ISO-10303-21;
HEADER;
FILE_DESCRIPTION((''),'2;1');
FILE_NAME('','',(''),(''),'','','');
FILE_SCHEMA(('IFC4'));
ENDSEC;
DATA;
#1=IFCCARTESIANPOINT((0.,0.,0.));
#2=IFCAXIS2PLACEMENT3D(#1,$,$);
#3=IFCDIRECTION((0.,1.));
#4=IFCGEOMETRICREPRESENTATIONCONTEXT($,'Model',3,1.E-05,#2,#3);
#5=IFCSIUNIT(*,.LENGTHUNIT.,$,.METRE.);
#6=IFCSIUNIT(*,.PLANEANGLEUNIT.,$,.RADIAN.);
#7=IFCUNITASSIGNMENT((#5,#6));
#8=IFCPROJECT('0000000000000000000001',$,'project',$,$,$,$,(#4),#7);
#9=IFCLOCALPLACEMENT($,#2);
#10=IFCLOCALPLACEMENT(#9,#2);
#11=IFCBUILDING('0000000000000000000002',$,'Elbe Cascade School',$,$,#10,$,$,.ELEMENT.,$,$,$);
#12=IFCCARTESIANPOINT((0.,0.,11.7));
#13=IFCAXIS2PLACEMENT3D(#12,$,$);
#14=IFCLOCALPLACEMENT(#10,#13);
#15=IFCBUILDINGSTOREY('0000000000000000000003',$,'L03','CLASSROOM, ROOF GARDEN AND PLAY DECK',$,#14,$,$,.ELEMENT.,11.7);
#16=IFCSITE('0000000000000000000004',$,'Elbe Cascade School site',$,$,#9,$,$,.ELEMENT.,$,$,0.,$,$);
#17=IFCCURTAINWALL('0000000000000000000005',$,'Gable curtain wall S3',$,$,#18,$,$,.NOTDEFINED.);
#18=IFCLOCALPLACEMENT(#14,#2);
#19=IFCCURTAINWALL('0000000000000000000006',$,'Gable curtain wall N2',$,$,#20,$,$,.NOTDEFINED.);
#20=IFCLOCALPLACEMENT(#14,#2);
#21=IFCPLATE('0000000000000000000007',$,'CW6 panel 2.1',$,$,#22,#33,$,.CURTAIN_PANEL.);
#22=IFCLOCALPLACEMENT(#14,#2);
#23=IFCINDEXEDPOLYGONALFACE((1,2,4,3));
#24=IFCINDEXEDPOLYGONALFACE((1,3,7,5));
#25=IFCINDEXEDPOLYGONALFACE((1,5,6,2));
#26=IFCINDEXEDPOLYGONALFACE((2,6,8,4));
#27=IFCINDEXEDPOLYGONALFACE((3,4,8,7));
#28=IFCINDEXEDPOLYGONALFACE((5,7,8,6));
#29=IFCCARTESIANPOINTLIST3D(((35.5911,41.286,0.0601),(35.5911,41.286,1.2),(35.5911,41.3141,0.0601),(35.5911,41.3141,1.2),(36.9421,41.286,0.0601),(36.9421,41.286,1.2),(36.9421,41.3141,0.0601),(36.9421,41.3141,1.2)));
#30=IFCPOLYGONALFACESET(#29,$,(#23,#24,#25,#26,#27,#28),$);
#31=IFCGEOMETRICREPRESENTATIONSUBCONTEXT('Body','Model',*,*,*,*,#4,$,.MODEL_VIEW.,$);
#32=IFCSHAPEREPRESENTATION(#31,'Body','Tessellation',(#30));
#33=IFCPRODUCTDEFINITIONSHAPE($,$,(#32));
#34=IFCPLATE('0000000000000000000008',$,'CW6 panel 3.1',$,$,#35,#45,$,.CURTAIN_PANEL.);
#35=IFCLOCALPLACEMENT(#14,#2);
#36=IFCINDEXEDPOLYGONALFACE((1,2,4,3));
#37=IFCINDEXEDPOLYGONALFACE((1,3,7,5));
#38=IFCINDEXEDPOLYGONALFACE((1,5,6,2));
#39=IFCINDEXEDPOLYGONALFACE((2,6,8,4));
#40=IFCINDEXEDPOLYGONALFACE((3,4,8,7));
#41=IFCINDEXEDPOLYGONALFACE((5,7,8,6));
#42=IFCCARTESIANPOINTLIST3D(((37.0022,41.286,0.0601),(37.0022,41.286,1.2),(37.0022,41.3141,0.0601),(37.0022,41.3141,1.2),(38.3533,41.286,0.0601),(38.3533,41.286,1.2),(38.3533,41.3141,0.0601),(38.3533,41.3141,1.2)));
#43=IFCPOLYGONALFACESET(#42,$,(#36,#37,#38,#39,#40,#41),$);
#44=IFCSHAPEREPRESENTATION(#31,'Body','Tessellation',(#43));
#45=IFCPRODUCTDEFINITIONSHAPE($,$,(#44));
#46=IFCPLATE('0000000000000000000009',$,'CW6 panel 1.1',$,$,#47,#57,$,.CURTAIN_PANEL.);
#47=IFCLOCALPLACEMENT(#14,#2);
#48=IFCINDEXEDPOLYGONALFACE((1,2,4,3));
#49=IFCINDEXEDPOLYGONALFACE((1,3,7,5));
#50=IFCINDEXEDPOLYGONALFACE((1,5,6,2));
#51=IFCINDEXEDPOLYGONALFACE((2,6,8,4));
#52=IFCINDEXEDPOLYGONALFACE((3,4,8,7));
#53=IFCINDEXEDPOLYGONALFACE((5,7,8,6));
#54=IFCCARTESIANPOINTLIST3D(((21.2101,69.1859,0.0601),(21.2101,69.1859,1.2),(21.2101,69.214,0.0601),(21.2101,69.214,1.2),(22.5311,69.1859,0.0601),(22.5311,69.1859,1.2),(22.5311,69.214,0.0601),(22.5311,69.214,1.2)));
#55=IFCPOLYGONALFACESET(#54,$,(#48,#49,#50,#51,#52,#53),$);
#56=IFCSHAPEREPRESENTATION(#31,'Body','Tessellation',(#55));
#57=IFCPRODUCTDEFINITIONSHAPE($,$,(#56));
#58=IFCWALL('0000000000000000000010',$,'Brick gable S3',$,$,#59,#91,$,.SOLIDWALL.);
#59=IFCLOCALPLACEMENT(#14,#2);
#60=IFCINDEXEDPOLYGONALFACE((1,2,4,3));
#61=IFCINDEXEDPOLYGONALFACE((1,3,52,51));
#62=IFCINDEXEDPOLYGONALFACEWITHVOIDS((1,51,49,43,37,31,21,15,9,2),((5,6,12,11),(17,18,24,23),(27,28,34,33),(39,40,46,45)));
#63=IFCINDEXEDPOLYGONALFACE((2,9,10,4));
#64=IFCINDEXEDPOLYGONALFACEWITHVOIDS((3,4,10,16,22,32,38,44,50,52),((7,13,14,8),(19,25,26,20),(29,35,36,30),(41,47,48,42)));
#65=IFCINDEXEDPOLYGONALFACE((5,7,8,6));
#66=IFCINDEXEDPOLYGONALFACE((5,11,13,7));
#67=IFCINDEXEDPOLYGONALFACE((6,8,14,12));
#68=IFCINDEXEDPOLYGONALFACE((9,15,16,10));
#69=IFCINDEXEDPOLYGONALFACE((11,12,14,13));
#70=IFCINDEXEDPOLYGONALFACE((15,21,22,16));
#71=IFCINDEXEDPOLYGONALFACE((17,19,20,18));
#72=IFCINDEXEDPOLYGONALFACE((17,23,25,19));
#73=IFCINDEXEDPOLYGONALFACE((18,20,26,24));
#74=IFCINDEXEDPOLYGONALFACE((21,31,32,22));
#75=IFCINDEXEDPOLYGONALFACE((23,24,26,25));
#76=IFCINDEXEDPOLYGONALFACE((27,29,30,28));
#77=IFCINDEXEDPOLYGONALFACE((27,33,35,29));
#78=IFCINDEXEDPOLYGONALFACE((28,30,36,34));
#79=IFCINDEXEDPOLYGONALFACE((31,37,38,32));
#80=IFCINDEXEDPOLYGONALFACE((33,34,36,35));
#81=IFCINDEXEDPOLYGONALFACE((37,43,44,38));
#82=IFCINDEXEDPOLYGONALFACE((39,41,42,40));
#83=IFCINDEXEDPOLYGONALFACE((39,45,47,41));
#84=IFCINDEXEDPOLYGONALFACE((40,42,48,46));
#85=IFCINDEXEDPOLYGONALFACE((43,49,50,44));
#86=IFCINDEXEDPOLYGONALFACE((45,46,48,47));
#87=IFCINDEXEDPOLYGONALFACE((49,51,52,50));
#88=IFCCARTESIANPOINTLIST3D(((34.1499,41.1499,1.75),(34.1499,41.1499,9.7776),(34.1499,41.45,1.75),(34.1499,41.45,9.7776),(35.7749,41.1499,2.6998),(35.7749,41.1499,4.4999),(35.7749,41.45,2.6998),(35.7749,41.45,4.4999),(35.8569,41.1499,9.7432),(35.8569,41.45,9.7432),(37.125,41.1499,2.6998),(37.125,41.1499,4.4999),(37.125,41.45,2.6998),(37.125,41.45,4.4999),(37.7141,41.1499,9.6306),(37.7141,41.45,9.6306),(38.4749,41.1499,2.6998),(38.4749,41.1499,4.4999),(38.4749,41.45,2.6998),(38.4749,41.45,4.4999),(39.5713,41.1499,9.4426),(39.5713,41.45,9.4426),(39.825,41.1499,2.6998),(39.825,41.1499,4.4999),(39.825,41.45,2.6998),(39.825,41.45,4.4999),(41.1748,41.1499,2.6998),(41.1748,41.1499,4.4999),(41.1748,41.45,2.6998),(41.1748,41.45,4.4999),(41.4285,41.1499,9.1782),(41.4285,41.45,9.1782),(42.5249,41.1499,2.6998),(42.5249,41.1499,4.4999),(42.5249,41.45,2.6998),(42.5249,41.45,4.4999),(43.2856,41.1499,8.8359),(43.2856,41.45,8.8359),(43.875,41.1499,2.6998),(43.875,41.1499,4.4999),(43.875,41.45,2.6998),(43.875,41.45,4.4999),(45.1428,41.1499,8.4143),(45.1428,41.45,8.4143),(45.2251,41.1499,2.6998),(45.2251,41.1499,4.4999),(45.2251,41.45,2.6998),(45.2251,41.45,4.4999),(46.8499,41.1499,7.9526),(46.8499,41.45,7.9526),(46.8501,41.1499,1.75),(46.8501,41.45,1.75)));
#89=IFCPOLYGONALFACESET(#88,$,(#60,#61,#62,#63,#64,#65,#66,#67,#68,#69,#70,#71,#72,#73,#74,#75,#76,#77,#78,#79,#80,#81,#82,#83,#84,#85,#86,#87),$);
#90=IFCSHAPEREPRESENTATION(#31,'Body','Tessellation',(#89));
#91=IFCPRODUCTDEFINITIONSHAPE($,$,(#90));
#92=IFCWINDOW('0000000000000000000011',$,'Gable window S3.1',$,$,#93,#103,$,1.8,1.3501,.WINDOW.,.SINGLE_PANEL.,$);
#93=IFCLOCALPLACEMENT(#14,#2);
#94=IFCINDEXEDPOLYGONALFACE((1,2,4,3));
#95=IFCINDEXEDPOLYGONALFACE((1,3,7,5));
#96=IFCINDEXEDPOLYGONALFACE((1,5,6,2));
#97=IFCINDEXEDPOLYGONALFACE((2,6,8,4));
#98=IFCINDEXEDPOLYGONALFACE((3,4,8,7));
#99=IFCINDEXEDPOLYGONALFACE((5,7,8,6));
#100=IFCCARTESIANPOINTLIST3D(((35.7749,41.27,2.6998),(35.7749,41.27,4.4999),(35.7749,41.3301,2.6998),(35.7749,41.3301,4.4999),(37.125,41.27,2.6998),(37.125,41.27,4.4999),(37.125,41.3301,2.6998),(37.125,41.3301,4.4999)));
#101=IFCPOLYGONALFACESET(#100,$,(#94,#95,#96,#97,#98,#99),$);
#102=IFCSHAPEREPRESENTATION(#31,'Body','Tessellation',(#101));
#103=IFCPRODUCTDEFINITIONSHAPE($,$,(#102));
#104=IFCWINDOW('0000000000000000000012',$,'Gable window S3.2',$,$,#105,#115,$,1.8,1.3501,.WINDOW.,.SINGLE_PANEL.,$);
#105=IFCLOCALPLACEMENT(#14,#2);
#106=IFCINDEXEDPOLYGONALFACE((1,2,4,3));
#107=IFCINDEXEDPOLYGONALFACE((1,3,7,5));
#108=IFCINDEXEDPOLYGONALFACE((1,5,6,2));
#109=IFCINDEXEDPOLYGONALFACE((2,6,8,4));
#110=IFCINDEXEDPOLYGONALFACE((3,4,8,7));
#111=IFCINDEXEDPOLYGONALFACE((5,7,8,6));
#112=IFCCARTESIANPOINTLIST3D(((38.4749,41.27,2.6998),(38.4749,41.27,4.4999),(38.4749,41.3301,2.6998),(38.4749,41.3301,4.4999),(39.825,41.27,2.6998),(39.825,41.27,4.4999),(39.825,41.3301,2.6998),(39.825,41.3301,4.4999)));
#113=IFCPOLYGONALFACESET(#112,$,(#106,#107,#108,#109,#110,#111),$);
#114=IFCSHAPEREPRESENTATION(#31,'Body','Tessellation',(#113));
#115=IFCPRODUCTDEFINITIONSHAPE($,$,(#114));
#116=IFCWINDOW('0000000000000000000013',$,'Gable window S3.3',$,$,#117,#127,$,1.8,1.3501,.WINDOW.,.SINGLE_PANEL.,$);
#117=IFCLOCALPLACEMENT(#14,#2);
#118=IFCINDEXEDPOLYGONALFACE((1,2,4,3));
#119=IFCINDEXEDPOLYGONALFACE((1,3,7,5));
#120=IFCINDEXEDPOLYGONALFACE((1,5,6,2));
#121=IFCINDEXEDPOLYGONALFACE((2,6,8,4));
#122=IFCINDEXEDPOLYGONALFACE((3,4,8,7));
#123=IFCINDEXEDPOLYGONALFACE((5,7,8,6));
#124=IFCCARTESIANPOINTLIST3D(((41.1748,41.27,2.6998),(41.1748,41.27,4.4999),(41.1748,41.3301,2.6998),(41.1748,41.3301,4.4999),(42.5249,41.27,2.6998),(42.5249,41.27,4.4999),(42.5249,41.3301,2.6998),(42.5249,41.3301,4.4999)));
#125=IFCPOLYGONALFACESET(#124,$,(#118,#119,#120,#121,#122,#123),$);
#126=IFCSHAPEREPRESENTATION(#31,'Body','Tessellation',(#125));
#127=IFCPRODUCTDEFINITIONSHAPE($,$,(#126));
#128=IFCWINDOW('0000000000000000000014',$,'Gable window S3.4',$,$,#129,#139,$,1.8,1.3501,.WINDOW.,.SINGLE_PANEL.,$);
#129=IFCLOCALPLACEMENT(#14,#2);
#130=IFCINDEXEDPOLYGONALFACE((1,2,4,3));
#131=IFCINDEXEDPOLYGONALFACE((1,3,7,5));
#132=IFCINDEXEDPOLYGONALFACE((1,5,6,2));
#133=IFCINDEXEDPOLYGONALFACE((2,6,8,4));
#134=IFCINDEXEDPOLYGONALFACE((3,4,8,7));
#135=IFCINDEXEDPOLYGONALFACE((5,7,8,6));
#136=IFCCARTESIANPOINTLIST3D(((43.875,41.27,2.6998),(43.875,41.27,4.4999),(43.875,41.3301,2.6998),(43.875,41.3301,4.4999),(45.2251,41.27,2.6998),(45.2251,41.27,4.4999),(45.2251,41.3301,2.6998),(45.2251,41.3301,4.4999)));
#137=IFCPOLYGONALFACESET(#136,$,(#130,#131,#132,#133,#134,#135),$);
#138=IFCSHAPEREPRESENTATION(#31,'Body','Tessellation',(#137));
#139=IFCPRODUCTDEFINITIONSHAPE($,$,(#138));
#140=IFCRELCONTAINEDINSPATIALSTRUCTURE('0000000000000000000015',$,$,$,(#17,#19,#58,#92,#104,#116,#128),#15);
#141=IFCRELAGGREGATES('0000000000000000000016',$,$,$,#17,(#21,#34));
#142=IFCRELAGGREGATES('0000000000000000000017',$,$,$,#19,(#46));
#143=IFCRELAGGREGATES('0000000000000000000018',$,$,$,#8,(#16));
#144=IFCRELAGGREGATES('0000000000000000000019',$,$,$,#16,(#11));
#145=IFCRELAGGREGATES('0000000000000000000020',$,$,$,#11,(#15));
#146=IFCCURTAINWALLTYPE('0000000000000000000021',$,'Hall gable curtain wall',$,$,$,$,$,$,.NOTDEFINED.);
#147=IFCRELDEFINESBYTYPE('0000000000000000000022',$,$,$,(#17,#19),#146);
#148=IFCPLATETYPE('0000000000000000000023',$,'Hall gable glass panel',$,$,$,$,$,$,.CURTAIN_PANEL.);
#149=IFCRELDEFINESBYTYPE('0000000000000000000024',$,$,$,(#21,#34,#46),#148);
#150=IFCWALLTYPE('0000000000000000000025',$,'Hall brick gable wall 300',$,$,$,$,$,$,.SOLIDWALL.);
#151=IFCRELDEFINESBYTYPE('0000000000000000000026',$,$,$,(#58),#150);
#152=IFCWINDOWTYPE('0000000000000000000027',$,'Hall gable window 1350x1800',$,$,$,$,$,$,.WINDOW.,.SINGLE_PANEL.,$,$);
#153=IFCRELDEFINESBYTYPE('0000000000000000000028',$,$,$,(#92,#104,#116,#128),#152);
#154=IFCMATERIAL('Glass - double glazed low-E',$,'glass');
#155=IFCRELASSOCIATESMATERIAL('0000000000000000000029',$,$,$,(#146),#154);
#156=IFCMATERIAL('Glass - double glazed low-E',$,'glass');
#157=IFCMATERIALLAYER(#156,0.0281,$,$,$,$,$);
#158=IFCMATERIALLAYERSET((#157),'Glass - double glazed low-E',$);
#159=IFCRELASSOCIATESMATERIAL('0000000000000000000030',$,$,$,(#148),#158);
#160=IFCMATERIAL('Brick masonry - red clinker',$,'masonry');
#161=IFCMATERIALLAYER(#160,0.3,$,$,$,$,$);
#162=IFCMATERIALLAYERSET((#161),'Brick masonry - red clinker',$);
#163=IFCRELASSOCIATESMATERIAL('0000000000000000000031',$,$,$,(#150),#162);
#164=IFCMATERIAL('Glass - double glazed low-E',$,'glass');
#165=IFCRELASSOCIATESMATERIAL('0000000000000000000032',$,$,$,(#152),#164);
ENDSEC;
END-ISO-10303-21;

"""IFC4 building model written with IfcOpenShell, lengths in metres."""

from ifc_helpers import new_model, si_unit, direction, frame, frame_2d, origin, origin_2d, place, context, subcontext, project, spatial, polyline, rectangle, outline, extrude, material, layer, layer_set, type_object, element, fill, aggregate, save


model = new_model("IFC4")

# Units and contexts
model_context = context("Model", 3, precision=1e-05, world=origin(), true_north=direction((0.0, 1.0)))
body_context = subcontext(model_context, "Body", "Model", "MODEL_VIEW")
ifc_project = project(units=[si_unit("LENGTHUNIT", "METRE"), si_unit("PLANEANGLEUNIT", "RADIAN")], contexts=[model_context])

# Site, building, storey
site_placement = place(None, origin())
site = spatial("IfcSite", under=ifc_project, at=site_placement, Name="Elbe Cascade School site", CompositionType="ELEMENT", RefElevation=0.0)
building_placement = place(site_placement, origin())
building = spatial("IfcBuilding", under=site, at=building_placement, Name="Elbe Cascade School", CompositionType="ELEMENT")
storey_placement = place(building_placement, frame((0.0, 0.0, 11.7)))
storey = spatial("IfcBuildingStorey", under=building, at=storey_placement, Name="L03", Description="CLASSROOM, ROOF GARDEN AND PLAY DECK", CompositionType="ELEMENT", Elevation=11.7)

# Curtain wall
ifc_material_1 = material(Name="Glass - double glazed low-E", Category="glass")
curtain_wall_type = type_object("IfcCurtainWallType", Name="Hall gable curtain wall", PredefinedType="NOTDEFINED", material=ifc_material_1)
curtain_wall_1_placement = place(storey_placement, origin())
curtain_wall_1 = element("IfcCurtainWall", 1, at=curtain_wall_1_placement, inside=storey, type_object=curtain_wall_type, Name="Gable curtain wall S3", PredefinedType="NOTDEFINED")

# Curtain wall
curtain_wall_2_placement = place(storey_placement, origin())
curtain_wall_2 = element("IfcCurtainWall", 2, at=curtain_wall_2_placement, inside=storey, type_object=curtain_wall_type, Name="Gable curtain wall N2", PredefinedType="NOTDEFINED")

# Plates
ifc_material_2 = material(Name="Glass - double glazed low-E", Category="glass")
ifc_layer_1 = layer(ifc_material_2, 0.0281)
ifc_layer_set_1 = layer_set([ifc_layer_1], Name="Glass - double glazed low-E")
plate_type = type_object("IfcPlateType", Name="Hall gable glass panel", PredefinedType="CURTAIN_PANEL", material=ifc_layer_set_1)
plate_1_placement = place(storey_placement, frame((36.2666, 41.3, 0.0601), z_axis=(0.0, 0.0, 1.0), x_axis=(1.0, 0.0, 0.0)))
plate_1 = element("IfcPlate", 3, at=plate_1_placement, type_object=plate_type, Name="CW6 panel 2.1", PredefinedType="CURTAIN_PANEL", context=body_context, shape_type="SweptSolid", body=[
    extrude(rectangle(XDim=1.3511, YDim=0.0281, at=origin_2d()), origin(), (0.0, 0.0, 1.0), 1.1399),
])
plate_2_placement = place(storey_placement, frame((37.6777, 41.3, 0.0601), z_axis=(0.0, 0.0, 1.0), x_axis=(1.0, 0.0, 0.0)))
plate_2 = element("IfcPlate", 4, at=plate_2_placement, type_object=plate_type, Name="CW6 panel 3.1", PredefinedType="CURTAIN_PANEL", context=body_context, shape_type="SweptSolid", body=[
    extrude(rectangle(XDim=1.3511, YDim=0.0281, at=origin_2d()), origin(), (0.0, 0.0, 1.0), 1.1399),
])
aggregate(curtain_wall_1, [plate_1, plate_2])
plate_3_placement = place(storey_placement, frame((21.8706, 69.2, 0.0601), z_axis=(0.0, 0.0, 1.0), x_axis=(1.0, 0.0, 0.0)))
plate_3 = element("IfcPlate", 5, at=plate_3_placement, type_object=plate_type, Name="CW6 panel 1.1", PredefinedType="CURTAIN_PANEL", context=body_context, shape_type="SweptSolid", body=[
    extrude(rectangle(XDim=1.321, YDim=0.0281, at=origin_2d()), origin(), (0.0, 0.0, 1.0), 1.1399),
])
aggregate(curtain_wall_2, [plate_3])

# Wall, openings, windows
ifc_material_3 = material(Name="Brick masonry - red clinker", Category="masonry")
ifc_layer_2 = layer(ifc_material_3, 0.3)
ifc_layer_set_2 = layer_set([ifc_layer_2], Name="Brick masonry - red clinker")
wall_type = type_object("IfcWallType", Name="Hall brick gable wall 300", PredefinedType="SOLIDWALL", material=ifc_layer_set_2)
wall_placement = place(storey_placement, frame((34.1499, 41.3, 1.75), z_axis=(0.0, 0.0, 1.0), x_axis=(1.0, 0.0, 0.0)))
wall = element("IfcWall", 6, at=wall_placement, inside=storey, type_object=wall_type, Name="Brick gable S3", PredefinedType="SOLIDWALL", context=body_context, shape_type="SweptSolid", body=[
    extrude(outline(polyline([(0.0, 0.0), (12.7002, 0.0), (12.7, 6.2026), (10.9929, 6.6643), (9.1357, 7.0859), (7.2786, 7.4282), (5.4214, 7.6926), (3.5642, 7.8806), (1.707, 7.9932), (0.0, 8.0276), (0.0, 0.0)])), frame((0.0, 0.1499, 0.0), z_axis=(0.0, -1.0, 0.0), x_axis=(1.0, 0.0, 0.0)), (0.0, 0.0, 1.0), 0.3),
])
opening_1_placement = place(wall_placement, frame((1.625, 0.0, 0.95)))
opening_1 = element("IfcOpeningElement", 7, at=opening_1_placement, cuts=wall, PredefinedType="OPENING", context=body_context, shape_type="SweptSolid", body=[
    extrude(rectangle(XDim=1.3501, YDim=1.8, at=frame_2d((0.675, 0.8999))), frame((0.0, 0.1599, 0.0), z_axis=(0.0, -1.0, 0.0), x_axis=(1.0, 0.0, 0.0)), (0.0, 0.0, 1.0), 0.3201),
])
opening_2_placement = place(wall_placement, frame((4.325, 0.0, 0.95)))
opening_2 = element("IfcOpeningElement", 8, at=opening_2_placement, cuts=wall, PredefinedType="OPENING", context=body_context, shape_type="SweptSolid", body=[
    extrude(rectangle(XDim=1.3501, YDim=1.8, at=frame_2d((0.675, 0.8999))), frame((0.0, 0.1599, 0.0), z_axis=(0.0, -1.0, 0.0), x_axis=(1.0, 0.0, 0.0)), (0.0, 0.0, 1.0), 0.3201),
])
opening_3_placement = place(wall_placement, frame((7.0249, 0.0, 0.95)))
opening_3 = element("IfcOpeningElement", 9, at=opening_3_placement, cuts=wall, PredefinedType="OPENING", context=body_context, shape_type="SweptSolid", body=[
    extrude(rectangle(XDim=1.3501, YDim=1.8, at=frame_2d((0.675, 0.8999))), frame((0.0, 0.1599, 0.0), z_axis=(0.0, -1.0, 0.0), x_axis=(1.0, 0.0, 0.0)), (0.0, 0.0, 1.0), 0.3201),
])
opening_4_placement = place(wall_placement, frame((9.7251, 0.0, 0.95)))
opening_4 = element("IfcOpeningElement", 10, at=opening_4_placement, cuts=wall, PredefinedType="OPENING", context=body_context, shape_type="SweptSolid", body=[
    extrude(rectangle(XDim=1.3501, YDim=1.8, at=frame_2d((0.675, 0.8999))), frame((0.0, 0.1599, 0.0), z_axis=(0.0, -1.0, 0.0), x_axis=(1.0, 0.0, 0.0)), (0.0, 0.0, 1.0), 0.3201),
])
ifc_material_4 = material(Name="Glass - double glazed low-E", Category="glass")
window_type = type_object("IfcWindowType", Name="Hall gable window 1350x1800", PartitioningType="SINGLE_PANEL", PredefinedType="WINDOW", material=ifc_material_4)
window_1_placement = place(opening_1_placement, origin())
window_1 = element("IfcWindow", 11, at=window_1_placement, inside=storey, type_object=window_type, Name="Gable window S3.1", OverallHeight=1.8, OverallWidth=1.3501, PartitioningType="SINGLE_PANEL", PredefinedType="WINDOW", context=body_context, shape_type="SweptSolid", body=[
    extrude(rectangle(XDim=1.3501, YDim=1.8, at=frame_2d((0.675, 0.8999))), frame((0.0, 0.03, 0.0), z_axis=(0.0, -1.0, 0.0), x_axis=(1.0, 0.0, 0.0)), (0.0, 0.0, 1.0), 0.0601),
])
fill(opening_1, window_1)
window_2_placement = place(opening_2_placement, origin())
window_2 = element("IfcWindow", 12, at=window_2_placement, inside=storey, type_object=window_type, Name="Gable window S3.2", OverallHeight=1.8, OverallWidth=1.3501, PartitioningType="SINGLE_PANEL", PredefinedType="WINDOW", context=body_context, shape_type="SweptSolid", body=[
    extrude(rectangle(XDim=1.3501, YDim=1.8, at=frame_2d((0.675, 0.8999))), frame((0.0, 0.03, 0.0), z_axis=(0.0, -1.0, 0.0), x_axis=(1.0, 0.0, 0.0)), (0.0, 0.0, 1.0), 0.0601),
])
fill(opening_2, window_2)
window_3_placement = place(opening_3_placement, origin())
window_3 = element("IfcWindow", 13, at=window_3_placement, inside=storey, type_object=window_type, Name="Gable window S3.3", OverallHeight=1.8, OverallWidth=1.3501, PartitioningType="SINGLE_PANEL", PredefinedType="WINDOW", context=body_context, shape_type="SweptSolid", body=[
    extrude(rectangle(XDim=1.3501, YDim=1.8, at=frame_2d((0.675, 0.8999))), frame((0.0, 0.03, 0.0), z_axis=(0.0, -1.0, 0.0), x_axis=(1.0, 0.0, 0.0)), (0.0, 0.0, 1.0), 0.0601),
])
fill(opening_3, window_3)
window_4_placement = place(opening_4_placement, origin())
window_4 = element("IfcWindow", 14, at=window_4_placement, inside=storey, type_object=window_type, Name="Gable window S3.4", OverallHeight=1.8, OverallWidth=1.3501, PartitioningType="SINGLE_PANEL", PredefinedType="WINDOW", context=body_context, shape_type="SweptSolid", body=[
    extrude(rectangle(XDim=1.3501, YDim=1.8, at=frame_2d((0.675, 0.8999))), frame((0.0, 0.03, 0.0), z_axis=(0.0, -1.0, 0.0), x_axis=(1.0, 0.0, 0.0)), (0.0, 0.0, 1.0), 0.0601),
])
fill(opening_4, window_4)

save(model, "model.ifc")
